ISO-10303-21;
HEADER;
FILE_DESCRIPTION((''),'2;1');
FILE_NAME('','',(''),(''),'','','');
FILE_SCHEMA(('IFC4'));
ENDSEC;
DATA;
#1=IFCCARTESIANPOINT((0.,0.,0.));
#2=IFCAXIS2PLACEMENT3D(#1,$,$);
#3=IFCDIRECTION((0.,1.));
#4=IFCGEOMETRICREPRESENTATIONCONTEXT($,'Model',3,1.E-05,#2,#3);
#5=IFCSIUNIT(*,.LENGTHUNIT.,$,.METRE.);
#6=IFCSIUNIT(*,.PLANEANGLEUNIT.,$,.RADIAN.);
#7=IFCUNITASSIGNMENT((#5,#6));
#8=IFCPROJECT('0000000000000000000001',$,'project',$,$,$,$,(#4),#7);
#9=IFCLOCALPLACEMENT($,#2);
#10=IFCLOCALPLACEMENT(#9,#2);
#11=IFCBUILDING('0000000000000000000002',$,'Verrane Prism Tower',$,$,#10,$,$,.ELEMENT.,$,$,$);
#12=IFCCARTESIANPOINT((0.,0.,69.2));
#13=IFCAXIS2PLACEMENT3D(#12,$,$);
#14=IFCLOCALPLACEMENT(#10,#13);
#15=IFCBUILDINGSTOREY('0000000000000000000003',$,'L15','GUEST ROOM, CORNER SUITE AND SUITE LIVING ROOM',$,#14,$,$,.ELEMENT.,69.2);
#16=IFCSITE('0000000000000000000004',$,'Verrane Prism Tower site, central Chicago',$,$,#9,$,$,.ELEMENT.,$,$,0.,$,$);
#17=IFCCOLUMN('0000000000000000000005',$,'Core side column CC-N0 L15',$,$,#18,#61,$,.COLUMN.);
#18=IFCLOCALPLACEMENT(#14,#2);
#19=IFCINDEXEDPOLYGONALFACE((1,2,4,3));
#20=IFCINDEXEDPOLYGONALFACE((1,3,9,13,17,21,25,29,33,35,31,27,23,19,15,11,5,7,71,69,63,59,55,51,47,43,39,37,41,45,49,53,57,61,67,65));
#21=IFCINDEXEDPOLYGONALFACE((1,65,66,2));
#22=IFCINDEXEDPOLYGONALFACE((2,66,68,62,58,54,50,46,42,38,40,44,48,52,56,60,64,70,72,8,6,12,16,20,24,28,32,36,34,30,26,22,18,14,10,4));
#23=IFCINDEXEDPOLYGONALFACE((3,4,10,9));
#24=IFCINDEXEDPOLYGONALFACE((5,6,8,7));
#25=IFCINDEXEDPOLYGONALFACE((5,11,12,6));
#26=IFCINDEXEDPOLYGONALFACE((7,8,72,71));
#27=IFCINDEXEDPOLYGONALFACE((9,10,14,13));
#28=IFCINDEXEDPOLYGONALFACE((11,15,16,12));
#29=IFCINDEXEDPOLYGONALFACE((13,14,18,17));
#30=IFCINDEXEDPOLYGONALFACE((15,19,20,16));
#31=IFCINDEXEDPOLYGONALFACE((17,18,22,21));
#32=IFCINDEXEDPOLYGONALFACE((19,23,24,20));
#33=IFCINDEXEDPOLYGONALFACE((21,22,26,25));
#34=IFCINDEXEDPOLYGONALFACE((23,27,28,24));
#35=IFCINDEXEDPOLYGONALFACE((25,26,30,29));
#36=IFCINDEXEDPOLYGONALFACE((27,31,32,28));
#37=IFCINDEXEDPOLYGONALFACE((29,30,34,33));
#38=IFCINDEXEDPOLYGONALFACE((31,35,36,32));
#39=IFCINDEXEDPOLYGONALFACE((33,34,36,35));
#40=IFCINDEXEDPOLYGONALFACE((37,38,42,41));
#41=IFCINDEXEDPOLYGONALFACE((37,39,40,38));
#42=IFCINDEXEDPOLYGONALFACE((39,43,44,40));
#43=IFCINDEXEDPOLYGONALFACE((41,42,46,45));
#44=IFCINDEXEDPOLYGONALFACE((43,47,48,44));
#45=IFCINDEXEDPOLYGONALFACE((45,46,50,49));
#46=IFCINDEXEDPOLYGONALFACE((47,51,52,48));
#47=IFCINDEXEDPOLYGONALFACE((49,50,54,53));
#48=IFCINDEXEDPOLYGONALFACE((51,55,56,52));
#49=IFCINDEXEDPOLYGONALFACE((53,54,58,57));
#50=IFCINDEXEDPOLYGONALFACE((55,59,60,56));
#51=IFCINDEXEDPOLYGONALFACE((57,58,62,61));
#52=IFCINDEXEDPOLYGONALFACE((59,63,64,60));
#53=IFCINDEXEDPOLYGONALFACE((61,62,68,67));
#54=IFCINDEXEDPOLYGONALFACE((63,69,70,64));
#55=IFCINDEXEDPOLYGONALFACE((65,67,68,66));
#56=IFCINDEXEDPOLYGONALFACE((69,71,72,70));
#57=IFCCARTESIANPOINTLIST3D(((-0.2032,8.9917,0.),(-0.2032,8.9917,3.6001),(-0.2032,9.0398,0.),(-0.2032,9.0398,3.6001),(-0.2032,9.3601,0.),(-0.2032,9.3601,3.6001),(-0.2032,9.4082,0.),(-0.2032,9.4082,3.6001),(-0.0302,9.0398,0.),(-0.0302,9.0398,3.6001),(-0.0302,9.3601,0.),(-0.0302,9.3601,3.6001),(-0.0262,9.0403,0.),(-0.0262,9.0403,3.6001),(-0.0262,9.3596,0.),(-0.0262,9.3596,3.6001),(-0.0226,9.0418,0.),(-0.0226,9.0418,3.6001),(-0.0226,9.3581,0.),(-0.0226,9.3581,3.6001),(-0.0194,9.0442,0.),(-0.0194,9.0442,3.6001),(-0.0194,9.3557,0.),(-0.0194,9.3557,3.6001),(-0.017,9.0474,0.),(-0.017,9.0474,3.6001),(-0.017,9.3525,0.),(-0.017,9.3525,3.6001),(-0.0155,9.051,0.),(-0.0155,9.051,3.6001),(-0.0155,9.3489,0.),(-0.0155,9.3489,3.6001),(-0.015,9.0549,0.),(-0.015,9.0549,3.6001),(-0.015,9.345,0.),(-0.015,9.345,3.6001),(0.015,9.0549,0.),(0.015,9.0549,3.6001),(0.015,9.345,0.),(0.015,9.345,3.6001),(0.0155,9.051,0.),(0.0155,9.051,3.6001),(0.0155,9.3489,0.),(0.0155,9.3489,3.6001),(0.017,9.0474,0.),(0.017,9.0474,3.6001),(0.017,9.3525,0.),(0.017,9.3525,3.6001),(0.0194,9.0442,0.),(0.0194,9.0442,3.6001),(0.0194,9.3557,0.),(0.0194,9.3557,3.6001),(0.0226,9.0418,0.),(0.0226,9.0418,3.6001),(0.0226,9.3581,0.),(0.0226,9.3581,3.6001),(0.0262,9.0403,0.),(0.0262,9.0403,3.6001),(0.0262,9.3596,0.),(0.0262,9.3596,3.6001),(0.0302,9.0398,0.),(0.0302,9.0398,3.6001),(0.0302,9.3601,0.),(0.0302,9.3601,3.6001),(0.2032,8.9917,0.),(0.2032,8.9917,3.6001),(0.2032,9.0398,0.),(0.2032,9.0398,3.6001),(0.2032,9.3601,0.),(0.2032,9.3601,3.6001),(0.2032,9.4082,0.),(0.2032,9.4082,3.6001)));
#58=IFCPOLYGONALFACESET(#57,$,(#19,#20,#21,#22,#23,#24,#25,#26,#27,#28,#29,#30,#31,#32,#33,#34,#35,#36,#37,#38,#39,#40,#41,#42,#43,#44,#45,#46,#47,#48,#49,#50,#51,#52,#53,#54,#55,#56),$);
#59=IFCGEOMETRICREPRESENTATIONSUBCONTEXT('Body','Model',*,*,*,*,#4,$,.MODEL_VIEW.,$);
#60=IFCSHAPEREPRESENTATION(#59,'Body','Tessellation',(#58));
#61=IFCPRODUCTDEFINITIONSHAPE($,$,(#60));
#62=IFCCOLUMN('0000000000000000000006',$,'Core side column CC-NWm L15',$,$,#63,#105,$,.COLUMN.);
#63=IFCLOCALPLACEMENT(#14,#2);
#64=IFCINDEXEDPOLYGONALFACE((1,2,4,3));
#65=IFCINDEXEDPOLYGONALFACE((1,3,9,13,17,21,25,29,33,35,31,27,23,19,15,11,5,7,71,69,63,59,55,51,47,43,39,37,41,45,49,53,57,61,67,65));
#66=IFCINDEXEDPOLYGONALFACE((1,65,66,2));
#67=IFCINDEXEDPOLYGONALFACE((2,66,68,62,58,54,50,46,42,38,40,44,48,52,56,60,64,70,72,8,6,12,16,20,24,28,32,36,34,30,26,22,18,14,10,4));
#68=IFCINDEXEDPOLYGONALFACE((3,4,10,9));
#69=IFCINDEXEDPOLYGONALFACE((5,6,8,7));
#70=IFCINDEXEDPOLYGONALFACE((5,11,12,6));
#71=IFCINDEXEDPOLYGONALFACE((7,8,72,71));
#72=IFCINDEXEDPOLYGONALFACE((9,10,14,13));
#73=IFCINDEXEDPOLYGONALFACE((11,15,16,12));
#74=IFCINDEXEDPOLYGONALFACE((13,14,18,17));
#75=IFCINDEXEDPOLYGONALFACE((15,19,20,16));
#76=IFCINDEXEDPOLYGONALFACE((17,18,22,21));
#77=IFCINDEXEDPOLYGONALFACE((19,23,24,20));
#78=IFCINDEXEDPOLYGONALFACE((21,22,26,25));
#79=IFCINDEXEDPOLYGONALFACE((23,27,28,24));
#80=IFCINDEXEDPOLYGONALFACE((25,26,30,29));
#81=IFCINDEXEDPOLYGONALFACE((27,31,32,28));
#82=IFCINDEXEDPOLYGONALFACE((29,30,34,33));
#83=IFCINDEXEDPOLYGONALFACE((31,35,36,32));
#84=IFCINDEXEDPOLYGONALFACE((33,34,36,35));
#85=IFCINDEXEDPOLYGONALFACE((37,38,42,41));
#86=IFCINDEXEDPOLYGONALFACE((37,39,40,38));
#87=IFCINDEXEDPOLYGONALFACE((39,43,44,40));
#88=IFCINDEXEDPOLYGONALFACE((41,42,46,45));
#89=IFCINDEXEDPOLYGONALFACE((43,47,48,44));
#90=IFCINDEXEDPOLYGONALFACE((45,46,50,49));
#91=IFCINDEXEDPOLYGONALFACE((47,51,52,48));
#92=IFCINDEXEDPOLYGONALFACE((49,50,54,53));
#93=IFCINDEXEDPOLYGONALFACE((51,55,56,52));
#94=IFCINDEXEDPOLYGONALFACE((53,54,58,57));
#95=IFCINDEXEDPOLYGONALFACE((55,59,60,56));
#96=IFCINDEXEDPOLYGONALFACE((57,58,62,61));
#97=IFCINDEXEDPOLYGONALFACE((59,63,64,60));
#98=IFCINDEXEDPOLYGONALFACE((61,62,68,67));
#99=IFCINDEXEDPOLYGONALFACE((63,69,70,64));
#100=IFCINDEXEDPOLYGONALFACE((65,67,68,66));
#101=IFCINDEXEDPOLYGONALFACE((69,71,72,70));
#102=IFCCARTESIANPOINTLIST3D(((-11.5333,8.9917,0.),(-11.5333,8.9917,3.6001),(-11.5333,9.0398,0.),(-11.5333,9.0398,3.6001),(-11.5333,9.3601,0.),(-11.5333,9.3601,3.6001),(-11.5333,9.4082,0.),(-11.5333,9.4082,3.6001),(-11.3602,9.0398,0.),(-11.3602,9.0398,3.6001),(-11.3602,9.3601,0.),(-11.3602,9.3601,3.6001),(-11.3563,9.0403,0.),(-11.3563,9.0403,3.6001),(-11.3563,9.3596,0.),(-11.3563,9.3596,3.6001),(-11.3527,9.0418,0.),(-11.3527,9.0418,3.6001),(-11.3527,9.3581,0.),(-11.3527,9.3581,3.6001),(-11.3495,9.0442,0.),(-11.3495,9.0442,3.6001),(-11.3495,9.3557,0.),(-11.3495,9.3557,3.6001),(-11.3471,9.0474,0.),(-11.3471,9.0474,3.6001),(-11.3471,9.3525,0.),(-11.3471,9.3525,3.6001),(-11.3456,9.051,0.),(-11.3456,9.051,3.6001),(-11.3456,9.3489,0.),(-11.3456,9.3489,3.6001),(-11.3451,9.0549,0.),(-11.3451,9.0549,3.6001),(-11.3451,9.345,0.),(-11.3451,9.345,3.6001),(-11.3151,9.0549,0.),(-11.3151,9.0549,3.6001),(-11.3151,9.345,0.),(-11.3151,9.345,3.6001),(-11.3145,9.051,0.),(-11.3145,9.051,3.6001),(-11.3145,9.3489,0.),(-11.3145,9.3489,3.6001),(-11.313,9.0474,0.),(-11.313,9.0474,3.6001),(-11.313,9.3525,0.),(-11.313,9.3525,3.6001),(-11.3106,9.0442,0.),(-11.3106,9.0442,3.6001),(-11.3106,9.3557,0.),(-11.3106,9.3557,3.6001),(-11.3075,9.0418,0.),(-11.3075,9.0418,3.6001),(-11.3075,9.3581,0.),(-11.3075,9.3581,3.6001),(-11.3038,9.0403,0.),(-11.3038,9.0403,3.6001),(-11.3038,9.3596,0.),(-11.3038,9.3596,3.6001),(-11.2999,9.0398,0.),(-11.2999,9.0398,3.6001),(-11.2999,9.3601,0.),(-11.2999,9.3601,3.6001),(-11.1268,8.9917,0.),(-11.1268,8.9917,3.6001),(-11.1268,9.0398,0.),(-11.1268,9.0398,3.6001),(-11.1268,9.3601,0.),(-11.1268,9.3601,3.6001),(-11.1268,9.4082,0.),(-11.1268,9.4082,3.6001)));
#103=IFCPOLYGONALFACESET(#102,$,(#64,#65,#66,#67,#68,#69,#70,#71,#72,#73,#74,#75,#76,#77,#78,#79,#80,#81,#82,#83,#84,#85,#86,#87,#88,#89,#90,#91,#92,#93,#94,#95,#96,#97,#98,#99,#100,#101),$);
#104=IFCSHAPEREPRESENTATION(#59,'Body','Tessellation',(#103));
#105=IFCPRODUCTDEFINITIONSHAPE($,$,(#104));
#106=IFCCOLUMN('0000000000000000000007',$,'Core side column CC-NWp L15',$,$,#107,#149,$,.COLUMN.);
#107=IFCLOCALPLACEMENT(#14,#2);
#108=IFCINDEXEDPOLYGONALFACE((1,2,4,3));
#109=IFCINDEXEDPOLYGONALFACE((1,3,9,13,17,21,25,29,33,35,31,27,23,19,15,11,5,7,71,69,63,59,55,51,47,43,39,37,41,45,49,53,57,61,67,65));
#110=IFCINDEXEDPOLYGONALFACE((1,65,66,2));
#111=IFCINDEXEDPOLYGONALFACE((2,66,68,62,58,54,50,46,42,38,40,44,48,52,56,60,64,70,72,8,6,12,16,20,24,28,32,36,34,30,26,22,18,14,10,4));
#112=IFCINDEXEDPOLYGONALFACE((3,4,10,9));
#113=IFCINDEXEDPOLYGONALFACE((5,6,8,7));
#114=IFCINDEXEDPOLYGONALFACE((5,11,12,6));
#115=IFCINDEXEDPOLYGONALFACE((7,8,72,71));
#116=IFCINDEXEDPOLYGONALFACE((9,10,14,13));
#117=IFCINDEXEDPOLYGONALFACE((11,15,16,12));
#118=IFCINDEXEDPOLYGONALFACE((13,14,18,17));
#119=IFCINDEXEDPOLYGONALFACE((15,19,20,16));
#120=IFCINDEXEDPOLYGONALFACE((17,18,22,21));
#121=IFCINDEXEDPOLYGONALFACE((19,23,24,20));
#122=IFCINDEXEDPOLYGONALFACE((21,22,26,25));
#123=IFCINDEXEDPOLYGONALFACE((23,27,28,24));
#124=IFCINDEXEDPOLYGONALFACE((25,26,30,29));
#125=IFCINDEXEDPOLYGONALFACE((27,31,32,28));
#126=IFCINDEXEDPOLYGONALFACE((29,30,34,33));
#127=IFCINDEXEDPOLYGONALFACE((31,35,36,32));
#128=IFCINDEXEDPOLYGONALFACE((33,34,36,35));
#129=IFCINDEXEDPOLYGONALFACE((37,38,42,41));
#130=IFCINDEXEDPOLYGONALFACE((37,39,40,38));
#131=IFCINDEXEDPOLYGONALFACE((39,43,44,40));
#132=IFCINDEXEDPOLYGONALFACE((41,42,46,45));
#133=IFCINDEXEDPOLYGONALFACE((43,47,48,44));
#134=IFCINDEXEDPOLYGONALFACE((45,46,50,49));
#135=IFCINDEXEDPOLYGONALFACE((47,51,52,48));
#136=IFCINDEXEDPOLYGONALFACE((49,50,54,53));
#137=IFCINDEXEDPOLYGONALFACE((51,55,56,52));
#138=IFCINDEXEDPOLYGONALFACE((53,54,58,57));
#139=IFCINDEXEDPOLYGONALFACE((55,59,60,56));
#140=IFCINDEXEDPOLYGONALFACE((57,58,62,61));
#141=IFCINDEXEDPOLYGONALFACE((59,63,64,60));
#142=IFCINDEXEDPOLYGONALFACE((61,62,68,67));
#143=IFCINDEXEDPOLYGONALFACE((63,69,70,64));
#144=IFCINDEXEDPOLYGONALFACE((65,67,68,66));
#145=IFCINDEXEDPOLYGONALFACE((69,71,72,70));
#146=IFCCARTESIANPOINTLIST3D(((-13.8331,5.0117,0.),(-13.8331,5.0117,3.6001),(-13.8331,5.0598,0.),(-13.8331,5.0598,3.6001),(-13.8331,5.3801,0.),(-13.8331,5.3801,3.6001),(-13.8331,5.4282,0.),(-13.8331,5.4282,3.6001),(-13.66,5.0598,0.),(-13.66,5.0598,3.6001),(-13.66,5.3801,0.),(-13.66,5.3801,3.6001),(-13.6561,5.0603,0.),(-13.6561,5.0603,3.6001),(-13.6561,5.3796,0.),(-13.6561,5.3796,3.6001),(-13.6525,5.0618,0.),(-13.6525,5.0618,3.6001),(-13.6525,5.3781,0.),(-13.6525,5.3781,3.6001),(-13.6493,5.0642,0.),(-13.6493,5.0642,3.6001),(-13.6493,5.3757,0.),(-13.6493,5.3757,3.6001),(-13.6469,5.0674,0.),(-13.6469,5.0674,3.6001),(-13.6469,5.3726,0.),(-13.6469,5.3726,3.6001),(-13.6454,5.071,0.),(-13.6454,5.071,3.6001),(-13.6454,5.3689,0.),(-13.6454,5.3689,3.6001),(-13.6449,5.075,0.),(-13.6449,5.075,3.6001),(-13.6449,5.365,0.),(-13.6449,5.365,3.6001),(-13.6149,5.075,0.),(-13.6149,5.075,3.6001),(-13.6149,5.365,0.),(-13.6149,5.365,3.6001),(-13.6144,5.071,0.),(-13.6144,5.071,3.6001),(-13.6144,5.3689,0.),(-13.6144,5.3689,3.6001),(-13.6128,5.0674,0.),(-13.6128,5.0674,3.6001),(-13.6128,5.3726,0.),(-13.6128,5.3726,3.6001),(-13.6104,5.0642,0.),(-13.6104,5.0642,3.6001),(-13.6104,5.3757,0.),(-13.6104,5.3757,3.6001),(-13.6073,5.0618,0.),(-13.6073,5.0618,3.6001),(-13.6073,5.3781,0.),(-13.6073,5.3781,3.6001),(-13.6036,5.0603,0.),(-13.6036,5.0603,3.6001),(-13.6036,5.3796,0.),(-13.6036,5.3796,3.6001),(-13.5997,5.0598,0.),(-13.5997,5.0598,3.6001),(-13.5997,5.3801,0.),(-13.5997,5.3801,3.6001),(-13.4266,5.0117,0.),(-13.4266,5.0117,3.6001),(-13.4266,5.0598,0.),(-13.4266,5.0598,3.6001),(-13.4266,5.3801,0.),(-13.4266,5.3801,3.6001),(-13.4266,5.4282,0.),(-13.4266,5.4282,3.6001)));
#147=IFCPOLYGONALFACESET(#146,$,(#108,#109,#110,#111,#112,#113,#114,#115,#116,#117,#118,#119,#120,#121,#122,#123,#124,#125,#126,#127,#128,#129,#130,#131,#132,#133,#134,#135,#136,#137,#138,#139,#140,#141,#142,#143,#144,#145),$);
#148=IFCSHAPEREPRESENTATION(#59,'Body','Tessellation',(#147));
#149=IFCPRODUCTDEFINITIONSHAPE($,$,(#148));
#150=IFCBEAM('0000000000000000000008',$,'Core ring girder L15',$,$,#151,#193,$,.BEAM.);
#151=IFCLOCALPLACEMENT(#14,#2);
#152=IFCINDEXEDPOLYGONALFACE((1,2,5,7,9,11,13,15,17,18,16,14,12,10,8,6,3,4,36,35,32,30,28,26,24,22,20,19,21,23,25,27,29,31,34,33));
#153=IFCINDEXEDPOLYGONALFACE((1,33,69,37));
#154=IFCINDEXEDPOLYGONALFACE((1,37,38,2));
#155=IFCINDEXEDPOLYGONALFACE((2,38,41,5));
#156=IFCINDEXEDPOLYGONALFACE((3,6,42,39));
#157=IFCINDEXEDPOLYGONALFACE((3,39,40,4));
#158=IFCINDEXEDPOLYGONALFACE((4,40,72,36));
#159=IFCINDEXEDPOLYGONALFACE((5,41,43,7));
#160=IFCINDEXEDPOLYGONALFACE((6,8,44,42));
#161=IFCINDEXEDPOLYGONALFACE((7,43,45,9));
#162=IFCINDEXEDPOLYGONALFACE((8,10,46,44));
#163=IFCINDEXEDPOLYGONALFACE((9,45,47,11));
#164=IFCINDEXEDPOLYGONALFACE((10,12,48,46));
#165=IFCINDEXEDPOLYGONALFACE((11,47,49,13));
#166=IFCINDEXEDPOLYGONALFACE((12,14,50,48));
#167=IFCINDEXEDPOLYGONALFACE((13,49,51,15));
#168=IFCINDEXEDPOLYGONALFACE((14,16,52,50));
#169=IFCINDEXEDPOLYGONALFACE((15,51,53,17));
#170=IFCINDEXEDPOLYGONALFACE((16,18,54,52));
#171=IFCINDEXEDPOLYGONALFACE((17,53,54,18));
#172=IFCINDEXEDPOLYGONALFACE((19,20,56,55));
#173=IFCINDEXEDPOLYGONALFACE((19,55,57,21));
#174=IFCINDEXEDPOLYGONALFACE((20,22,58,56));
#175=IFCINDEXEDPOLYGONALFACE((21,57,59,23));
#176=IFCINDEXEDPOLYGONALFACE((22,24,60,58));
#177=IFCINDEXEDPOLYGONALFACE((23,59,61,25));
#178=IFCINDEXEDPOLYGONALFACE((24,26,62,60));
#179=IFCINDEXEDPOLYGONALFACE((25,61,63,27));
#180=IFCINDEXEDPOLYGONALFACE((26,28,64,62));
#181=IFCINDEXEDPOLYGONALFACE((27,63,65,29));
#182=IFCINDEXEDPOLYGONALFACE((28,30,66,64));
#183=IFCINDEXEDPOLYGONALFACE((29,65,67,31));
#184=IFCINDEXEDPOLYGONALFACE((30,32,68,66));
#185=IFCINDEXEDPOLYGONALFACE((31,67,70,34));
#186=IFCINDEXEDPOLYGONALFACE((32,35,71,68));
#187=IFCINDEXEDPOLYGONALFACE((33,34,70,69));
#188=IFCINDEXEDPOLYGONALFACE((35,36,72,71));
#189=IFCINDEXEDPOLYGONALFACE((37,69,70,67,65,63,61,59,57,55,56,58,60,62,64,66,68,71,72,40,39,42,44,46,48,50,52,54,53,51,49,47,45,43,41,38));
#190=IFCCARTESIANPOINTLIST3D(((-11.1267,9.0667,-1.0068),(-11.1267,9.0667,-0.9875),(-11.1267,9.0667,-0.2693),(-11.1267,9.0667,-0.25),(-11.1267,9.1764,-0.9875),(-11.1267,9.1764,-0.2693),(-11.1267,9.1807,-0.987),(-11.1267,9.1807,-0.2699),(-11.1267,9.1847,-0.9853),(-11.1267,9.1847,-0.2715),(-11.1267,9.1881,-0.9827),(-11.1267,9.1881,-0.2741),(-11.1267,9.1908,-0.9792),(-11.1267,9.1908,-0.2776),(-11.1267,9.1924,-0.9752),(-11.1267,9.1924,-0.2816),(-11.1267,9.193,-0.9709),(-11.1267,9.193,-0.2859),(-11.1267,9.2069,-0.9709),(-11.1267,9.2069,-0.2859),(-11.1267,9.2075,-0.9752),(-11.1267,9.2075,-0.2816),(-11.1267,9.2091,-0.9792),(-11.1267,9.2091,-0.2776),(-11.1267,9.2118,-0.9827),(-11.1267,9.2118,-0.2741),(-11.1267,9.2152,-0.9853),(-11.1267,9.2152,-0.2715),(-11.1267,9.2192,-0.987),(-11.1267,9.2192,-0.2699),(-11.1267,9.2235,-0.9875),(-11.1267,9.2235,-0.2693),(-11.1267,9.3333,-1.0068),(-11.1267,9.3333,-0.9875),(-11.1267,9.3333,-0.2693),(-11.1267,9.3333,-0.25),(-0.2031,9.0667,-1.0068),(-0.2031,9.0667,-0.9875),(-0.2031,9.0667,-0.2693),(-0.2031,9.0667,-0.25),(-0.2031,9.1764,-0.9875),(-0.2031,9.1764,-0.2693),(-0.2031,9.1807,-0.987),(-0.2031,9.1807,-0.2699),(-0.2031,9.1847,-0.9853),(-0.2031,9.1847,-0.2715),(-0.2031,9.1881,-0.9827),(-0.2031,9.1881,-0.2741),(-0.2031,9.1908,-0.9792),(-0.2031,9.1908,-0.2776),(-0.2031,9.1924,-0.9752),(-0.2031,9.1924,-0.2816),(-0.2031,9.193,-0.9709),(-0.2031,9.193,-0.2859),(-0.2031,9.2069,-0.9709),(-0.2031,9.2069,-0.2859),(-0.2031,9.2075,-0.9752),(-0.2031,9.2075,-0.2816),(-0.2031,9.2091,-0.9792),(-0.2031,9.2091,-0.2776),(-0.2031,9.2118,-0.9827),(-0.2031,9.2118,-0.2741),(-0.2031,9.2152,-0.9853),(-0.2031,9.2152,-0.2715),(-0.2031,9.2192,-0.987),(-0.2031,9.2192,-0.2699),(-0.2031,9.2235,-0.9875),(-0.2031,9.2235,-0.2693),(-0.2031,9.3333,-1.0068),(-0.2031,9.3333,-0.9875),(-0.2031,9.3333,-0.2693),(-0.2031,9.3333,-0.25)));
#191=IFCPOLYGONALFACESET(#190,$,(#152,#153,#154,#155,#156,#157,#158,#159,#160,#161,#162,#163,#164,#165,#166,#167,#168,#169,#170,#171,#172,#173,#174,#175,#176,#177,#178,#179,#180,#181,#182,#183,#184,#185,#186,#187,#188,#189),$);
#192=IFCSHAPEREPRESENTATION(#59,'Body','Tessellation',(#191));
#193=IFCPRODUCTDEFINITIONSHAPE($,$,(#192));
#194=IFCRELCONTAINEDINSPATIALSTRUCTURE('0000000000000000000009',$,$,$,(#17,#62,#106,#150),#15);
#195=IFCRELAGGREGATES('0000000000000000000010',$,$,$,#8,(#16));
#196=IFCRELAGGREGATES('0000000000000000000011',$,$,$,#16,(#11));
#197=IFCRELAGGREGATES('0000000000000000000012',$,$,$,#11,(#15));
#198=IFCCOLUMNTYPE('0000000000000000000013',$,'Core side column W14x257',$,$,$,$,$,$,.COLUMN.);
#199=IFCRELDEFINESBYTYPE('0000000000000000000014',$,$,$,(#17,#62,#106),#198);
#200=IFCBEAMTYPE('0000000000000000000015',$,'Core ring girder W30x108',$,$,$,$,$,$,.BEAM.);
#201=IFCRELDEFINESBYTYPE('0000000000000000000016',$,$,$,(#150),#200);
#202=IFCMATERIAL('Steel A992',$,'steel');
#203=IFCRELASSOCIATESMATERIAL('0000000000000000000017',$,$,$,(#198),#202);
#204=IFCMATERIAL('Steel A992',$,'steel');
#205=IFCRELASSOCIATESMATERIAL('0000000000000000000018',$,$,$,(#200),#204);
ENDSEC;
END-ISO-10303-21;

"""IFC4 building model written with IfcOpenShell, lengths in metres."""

from ifc_helpers import new_model, si_unit, direction, frame, origin, origin_2d, place, context, subcontext, project, spatial, i_section, extrude, material, material_profile, profile_set, type_object, element, save


model = new_model("IFC4")

# Units and contexts
model_context = context("Model", 3, precision=1e-05, world=origin(), true_north=direction((0.0, 1.0)))
body_context = subcontext(model_context, "Body", "Model", "MODEL_VIEW")
ifc_project = project(units=[si_unit("LENGTHUNIT", "METRE"), si_unit("PLANEANGLEUNIT", "RADIAN")], contexts=[model_context])

# Site, building, storey
site_placement = place(None, origin())
site = spatial("IfcSite", under=ifc_project, at=site_placement, Name="Verrane Prism Tower site, central Chicago", CompositionType="ELEMENT", RefElevation=0.0)
building_placement = place(site_placement, origin())
building = spatial("IfcBuilding", under=site, at=building_placement, Name="Verrane Prism Tower", CompositionType="ELEMENT")
storey_placement = place(building_placement, frame((0.0, 0.0, 69.2)))
storey = spatial("IfcBuildingStorey", under=building, at=storey_placement, Name="L15", Description="GUEST ROOM, CORNER SUITE AND SUITE LIVING ROOM", CompositionType="ELEMENT", Elevation=69.2)

# Columns
ifc_material_1 = material(Name="Steel A992", Category="steel")
ifc_material_profile_1 = material_profile(ifc_material_1, i_section(OverallWidth=0.4065, OverallDepth=0.4165, WebThickness=0.03, FlangeThickness=0.0481, FilletRadius=0.0151, at=origin_2d()), Name="W14x257")
ifc_profile_set_1 = profile_set([ifc_material_profile_1], Name="Steel A992")
column_type = type_object("IfcColumnType", Name="Core side column W14x257", PredefinedType="COLUMN", material=ifc_profile_set_1)
for number, where, z_axis, x_axis, name in (
    (1, (0.0, 9.2, 0.0), (0.0, 0.0, 1.0), (1.0, 0.0, 0.0), "Core side column CC-N0 L15"),
    (2, (-11.3301, 9.2, 0.0), (0.0, 0.0, 1.0), (1.0, 0.0, 0.0), "Core side column CC-NWm L15"),
    (3, (-13.6299, 5.22, 0.0), (0.0, 0.0, 1.0), (1.0, 0.0, 0.0), "Core side column CC-NWp L15"),
):
    element("IfcColumn", number, at=place(storey_placement, frame(where, z_axis=z_axis, x_axis=x_axis)), inside=storey, type_object=column_type, Name=name, PredefinedType="COLUMN", context=body_context, shape_type="SweptSolid", body=[
        extrude(i_section(OverallWidth=0.4065, OverallDepth=0.4165, WebThickness=0.03, FlangeThickness=0.0481, FilletRadius=0.0151, at=origin_2d()), origin(), (0.0, 0.0, 1.0), 3.6001),
    ])

# Beam
ifc_material_2 = material(Name="Steel A992", Category="steel")
ifc_material_profile_2 = material_profile(ifc_material_2, i_section(OverallWidth=0.2666, OverallDepth=0.7568, WebThickness=0.0139, FlangeThickness=0.0193, FilletRadius=0.0166, at=origin_2d()), Name="W30x108")
ifc_profile_set_2 = profile_set([ifc_material_profile_2], Name="Steel A992")
beam_type = type_object("IfcBeamType", Name="Core ring girder W30x108", PredefinedType="BEAM", material=ifc_profile_set_2)
beam_1_placement = place(storey_placement, frame((-0.2031, 9.2, -0.6284), z_axis=(-1.0, 0.0, 0.0), x_axis=(0.0, -1.0, 0.0)))
element("IfcBeam", 4, at=beam_1_placement, inside=storey, type_object=beam_type, Name="Core ring girder L15", PredefinedType="BEAM", context=body_context, shape_type="SweptSolid", body=[
    extrude(i_section(OverallWidth=0.2666, OverallDepth=0.7568, WebThickness=0.0139, FlangeThickness=0.0193, FilletRadius=0.0166, at=origin_2d()), origin(), (0.0, 0.0, 1.0), 10.9236),
])

save(model, "model.ifc")
